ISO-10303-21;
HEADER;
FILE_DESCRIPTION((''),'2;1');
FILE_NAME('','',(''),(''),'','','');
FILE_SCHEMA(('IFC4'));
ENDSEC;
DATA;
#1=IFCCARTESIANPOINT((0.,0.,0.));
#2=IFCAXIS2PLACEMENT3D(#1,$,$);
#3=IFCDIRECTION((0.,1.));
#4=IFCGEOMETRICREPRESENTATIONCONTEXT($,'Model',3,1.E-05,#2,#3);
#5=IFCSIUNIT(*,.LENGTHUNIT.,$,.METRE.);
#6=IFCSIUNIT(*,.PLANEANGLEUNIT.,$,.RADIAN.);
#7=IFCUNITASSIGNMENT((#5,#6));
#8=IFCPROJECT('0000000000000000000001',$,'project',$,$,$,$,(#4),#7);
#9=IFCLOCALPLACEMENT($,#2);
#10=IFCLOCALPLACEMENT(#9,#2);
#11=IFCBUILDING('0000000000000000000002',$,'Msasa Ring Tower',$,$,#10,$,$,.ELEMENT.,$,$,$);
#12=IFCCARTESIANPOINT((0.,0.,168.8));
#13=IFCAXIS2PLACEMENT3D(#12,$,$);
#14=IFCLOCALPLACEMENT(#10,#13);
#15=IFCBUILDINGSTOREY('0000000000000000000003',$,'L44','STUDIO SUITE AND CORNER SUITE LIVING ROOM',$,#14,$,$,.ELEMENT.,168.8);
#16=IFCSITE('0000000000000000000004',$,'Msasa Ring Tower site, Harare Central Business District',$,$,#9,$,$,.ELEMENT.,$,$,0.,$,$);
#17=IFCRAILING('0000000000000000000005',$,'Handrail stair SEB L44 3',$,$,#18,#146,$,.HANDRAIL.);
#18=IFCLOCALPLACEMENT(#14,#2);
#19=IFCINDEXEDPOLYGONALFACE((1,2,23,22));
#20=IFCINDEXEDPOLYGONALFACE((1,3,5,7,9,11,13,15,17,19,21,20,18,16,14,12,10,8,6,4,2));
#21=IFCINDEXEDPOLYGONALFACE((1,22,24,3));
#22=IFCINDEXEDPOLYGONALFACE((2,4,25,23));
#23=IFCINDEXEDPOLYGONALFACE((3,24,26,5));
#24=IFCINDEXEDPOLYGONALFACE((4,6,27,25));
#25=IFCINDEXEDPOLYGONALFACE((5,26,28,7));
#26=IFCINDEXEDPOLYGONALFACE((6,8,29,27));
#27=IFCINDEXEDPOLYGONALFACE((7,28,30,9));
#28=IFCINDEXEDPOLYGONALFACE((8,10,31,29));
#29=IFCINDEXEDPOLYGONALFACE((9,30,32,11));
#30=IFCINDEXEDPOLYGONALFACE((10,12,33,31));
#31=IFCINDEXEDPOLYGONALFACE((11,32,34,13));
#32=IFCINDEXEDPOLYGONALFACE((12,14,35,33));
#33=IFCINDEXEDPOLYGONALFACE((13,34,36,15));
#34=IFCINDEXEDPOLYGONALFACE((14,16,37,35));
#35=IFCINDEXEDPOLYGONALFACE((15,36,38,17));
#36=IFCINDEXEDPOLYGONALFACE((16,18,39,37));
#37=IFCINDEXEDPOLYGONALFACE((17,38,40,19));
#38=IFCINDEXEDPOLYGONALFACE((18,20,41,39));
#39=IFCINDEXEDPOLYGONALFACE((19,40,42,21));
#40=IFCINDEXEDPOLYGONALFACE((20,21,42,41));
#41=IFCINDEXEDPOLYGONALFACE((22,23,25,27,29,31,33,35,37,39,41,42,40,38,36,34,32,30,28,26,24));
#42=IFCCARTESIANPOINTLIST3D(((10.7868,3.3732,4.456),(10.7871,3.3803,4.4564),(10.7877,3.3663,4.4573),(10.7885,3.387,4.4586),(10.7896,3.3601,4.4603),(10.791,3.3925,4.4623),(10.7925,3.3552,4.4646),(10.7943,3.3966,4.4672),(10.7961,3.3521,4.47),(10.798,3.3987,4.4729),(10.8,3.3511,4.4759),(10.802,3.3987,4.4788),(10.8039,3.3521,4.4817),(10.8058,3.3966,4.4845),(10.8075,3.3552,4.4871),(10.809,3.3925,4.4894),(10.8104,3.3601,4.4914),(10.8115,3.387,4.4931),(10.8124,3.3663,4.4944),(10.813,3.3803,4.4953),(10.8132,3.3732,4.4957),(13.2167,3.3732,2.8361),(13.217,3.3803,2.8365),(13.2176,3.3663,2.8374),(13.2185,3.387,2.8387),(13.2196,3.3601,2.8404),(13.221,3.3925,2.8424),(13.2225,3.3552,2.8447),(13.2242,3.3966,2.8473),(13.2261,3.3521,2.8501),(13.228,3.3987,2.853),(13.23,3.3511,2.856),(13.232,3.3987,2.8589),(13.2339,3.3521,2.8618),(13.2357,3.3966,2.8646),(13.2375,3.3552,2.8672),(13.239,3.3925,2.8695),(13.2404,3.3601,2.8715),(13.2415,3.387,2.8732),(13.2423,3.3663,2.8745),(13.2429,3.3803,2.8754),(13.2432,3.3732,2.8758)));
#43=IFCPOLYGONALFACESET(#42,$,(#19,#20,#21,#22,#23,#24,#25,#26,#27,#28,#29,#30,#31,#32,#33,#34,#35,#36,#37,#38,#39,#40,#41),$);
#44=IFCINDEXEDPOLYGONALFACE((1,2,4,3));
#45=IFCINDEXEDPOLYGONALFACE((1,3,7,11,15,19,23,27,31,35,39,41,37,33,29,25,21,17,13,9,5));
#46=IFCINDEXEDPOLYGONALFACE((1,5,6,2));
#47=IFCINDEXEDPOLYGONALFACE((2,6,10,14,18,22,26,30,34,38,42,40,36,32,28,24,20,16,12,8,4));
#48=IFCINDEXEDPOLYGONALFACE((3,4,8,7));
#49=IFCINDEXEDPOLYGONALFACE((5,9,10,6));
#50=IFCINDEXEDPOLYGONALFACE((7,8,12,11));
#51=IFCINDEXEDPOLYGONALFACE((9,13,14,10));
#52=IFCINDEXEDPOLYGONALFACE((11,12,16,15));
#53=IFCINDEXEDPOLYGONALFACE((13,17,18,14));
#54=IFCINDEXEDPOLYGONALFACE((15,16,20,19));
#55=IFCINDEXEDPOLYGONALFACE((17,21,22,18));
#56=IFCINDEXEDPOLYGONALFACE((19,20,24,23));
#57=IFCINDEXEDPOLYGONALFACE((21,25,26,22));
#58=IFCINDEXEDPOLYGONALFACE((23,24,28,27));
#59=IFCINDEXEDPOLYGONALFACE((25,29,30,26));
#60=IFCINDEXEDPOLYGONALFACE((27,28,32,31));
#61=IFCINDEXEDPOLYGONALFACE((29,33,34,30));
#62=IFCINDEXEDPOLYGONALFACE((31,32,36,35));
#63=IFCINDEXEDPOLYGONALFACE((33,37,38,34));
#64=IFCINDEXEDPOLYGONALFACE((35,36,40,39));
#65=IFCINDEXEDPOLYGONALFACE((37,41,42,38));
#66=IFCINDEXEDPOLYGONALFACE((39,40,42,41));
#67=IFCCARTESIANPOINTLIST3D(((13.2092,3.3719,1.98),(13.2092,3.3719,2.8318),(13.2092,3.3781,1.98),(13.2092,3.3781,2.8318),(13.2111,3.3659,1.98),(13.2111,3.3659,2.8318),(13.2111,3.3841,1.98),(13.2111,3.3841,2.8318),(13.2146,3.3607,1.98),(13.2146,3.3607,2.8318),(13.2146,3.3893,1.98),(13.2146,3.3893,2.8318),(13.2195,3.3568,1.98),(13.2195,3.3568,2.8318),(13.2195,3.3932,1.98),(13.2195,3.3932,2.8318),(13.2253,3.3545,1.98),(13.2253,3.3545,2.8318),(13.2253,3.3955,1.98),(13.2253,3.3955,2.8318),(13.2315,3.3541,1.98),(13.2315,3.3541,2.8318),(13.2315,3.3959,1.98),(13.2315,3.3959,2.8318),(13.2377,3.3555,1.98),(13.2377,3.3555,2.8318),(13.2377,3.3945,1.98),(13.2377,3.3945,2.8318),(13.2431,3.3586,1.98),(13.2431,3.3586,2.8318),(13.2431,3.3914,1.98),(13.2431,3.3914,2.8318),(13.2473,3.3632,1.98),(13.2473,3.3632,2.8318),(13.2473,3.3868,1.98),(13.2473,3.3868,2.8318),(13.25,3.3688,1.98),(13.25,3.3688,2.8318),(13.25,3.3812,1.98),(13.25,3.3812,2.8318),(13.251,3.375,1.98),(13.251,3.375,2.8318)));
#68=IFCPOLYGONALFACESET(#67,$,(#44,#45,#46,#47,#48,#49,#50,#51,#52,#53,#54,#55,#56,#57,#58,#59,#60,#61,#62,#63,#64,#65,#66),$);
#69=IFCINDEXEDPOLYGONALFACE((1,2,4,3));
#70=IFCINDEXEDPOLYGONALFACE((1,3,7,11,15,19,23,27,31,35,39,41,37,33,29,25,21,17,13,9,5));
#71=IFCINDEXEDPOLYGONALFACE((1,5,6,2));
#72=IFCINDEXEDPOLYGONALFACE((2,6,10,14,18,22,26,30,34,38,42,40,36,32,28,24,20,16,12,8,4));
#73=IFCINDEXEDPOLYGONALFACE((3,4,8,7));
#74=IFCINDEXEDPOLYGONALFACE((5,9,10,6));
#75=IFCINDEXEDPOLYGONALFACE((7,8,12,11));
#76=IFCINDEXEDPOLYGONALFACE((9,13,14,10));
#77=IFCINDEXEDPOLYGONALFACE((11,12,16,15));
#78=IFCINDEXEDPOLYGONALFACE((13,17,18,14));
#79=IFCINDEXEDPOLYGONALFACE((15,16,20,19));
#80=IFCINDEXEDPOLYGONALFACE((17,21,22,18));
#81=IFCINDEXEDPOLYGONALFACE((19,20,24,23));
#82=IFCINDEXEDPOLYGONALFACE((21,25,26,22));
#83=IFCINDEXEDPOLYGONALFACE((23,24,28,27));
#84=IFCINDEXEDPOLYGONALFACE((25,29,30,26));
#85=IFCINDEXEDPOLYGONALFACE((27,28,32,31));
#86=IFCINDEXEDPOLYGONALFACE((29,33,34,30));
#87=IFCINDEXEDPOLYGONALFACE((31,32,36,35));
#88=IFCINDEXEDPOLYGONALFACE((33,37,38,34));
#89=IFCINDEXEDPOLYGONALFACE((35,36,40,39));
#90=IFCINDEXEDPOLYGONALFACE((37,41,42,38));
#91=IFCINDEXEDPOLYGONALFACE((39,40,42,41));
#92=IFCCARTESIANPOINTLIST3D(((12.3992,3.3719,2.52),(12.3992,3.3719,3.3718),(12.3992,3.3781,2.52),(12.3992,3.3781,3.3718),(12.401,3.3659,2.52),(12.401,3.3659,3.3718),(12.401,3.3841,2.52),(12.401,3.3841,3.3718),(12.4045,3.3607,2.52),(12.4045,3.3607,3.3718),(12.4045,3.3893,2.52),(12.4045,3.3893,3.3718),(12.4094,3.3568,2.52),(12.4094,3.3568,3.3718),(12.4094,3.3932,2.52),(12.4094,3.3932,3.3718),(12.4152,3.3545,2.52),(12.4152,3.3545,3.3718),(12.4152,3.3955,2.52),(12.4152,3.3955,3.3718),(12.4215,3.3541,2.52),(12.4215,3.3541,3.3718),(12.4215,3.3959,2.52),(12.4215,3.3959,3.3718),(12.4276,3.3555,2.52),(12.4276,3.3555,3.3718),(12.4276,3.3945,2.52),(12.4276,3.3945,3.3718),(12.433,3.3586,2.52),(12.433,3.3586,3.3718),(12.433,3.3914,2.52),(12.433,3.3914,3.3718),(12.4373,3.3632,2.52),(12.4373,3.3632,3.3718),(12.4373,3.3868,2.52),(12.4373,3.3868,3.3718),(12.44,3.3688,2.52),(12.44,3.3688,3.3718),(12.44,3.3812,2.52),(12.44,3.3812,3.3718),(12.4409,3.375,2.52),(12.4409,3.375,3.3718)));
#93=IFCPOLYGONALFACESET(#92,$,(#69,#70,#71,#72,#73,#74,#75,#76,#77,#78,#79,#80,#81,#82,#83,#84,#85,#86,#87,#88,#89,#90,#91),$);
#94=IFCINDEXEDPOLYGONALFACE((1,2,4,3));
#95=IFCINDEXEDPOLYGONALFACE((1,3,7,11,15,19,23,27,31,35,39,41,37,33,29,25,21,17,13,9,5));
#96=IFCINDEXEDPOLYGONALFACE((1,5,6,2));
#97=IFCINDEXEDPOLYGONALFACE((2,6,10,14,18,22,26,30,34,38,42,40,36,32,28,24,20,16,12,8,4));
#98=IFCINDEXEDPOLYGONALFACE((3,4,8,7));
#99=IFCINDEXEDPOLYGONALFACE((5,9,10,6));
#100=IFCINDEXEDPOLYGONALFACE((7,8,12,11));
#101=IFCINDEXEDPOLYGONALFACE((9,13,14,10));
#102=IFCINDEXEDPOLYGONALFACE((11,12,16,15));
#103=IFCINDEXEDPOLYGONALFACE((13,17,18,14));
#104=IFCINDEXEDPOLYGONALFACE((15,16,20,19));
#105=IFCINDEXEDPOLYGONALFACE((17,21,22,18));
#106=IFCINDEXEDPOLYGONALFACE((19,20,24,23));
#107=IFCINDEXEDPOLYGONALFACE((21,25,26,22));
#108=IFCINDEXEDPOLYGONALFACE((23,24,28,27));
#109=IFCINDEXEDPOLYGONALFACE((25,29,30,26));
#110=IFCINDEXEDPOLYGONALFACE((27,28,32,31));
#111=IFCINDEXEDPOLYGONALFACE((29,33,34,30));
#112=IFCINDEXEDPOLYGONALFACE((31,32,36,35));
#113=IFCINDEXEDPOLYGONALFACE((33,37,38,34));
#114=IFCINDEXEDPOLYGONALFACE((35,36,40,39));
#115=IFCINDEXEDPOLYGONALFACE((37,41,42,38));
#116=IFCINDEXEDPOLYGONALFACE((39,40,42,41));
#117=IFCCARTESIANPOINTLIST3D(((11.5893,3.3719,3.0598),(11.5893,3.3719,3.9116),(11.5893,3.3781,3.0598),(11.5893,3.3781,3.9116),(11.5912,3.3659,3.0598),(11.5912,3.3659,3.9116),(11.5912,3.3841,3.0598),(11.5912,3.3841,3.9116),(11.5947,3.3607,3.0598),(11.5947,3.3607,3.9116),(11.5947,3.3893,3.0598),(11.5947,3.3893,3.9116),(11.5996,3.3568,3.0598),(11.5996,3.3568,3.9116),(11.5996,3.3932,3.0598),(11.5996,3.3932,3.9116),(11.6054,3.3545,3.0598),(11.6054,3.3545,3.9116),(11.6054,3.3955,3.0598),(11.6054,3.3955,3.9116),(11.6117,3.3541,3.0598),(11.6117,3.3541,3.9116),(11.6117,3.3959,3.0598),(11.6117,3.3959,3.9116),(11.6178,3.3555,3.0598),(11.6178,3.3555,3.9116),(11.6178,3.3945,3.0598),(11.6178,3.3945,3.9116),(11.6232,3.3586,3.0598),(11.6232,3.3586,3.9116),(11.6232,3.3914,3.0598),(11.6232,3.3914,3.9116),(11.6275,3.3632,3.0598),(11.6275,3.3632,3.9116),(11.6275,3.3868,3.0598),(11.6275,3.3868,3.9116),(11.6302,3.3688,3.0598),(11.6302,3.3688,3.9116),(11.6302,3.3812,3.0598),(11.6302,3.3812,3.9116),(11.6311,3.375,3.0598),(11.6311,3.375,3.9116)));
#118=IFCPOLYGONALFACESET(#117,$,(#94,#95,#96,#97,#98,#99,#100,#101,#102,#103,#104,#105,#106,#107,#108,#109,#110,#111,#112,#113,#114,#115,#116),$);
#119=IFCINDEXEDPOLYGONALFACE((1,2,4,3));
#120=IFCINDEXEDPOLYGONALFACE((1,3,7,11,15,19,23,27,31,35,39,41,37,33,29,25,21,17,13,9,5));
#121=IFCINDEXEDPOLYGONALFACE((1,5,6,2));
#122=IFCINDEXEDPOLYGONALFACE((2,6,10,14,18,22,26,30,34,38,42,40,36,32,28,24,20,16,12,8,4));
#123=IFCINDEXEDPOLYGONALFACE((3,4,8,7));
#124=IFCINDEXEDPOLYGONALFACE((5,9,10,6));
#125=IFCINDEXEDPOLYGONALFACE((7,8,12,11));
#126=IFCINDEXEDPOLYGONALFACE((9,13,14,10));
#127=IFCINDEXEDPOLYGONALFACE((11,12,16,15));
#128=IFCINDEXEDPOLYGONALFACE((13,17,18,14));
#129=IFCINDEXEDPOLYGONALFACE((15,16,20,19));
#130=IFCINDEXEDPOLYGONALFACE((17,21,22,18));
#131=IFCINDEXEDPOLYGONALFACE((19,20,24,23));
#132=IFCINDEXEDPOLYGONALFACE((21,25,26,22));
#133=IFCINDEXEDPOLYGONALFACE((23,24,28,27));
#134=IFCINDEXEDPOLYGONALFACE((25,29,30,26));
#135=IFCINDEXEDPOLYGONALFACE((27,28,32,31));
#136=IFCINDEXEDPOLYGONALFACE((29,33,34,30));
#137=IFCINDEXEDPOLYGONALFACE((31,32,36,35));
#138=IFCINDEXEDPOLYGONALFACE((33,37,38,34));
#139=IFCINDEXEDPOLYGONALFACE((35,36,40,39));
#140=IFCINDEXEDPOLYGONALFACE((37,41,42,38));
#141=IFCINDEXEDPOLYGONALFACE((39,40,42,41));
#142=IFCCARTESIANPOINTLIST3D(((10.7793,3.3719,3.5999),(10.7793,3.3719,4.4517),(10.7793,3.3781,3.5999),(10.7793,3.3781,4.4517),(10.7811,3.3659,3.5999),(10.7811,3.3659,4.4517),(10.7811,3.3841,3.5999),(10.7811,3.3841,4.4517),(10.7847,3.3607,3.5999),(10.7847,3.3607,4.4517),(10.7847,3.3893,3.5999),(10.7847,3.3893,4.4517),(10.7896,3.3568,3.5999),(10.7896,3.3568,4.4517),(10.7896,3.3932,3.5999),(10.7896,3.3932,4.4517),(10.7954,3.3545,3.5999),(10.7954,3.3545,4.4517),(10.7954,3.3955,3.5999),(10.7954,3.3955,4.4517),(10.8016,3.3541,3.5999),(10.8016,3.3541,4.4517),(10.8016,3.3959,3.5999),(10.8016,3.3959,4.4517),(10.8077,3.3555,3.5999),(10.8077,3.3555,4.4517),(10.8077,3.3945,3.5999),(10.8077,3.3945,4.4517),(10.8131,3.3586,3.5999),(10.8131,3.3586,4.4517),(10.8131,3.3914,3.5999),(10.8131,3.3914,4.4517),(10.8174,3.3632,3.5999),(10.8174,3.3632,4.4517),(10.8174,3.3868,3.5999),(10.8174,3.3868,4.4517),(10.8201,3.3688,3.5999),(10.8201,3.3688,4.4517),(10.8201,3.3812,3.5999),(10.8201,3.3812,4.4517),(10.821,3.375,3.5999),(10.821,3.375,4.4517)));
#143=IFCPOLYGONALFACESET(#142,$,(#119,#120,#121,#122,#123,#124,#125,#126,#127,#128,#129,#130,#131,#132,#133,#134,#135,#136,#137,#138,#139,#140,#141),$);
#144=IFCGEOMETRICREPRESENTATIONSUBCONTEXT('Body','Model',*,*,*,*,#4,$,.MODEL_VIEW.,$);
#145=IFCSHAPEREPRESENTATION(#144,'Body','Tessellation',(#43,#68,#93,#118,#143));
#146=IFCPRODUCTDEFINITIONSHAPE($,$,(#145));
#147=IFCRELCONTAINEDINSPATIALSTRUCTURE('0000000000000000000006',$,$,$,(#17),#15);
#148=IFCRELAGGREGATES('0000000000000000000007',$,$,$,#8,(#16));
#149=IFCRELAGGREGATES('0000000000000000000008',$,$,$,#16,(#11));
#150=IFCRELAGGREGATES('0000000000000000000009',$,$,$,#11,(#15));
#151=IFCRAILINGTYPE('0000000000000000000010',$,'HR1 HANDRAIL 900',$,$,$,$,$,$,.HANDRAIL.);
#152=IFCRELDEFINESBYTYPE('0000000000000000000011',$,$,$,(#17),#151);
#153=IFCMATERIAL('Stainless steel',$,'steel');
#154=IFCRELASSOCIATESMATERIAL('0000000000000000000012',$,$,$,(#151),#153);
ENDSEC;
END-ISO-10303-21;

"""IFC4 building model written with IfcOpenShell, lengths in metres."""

from ifc_helpers import new_model, si_unit, direction, frame, origin, origin_2d, place, context, subcontext, project, spatial, circle, extrude, material, type_object, element, save


model = new_model("IFC4")

# Units and contexts
model_context = context("Model", 3, precision=1e-05, world=origin(), true_north=direction((0.0, 1.0)))
body_context = subcontext(model_context, "Body", "Model", "MODEL_VIEW")
ifc_project = project(units=[si_unit("LENGTHUNIT", "METRE"), si_unit("PLANEANGLEUNIT", "RADIAN")], contexts=[model_context])

# Site, building, storey
site_placement = place(None, origin())
site = spatial("IfcSite", under=ifc_project, at=site_placement, Name="Msasa Ring Tower site, Harare Central Business District", CompositionType="ELEMENT", RefElevation=0.0)
building_placement = place(site_placement, origin())
building = spatial("IfcBuilding", under=site, at=building_placement, Name="Msasa Ring Tower", CompositionType="ELEMENT")
storey_placement = place(building_placement, frame((0.0, 0.0, 168.8)))
storey = spatial("IfcBuildingStorey", under=building, at=storey_placement, Name="L44", Description="STUDIO SUITE AND CORNER SUITE LIVING ROOM", CompositionType="ELEMENT", Elevation=168.8)

# Railing
ifc_material_1 = material(Name="Stainless steel", Category="steel")
railing_type = type_object("IfcRailingType", Name="HR1 HANDRAIL 900", PredefinedType="HANDRAIL", material=ifc_material_1)
for number, where, name in (
    (1, (13.23, 3.375, 1.98), "Handrail stair SEB L44 3"),
):
    element("IfcRailing", number, at=place(storey_placement, frame(where)), inside=storey, type_object=railing_type, Name=name, PredefinedType="HANDRAIL", context=body_context, shape_type="SweptSolid", body=[
        extrude(circle(Radius=0.0239, at=origin_2d()), frame((0.0, 0.0, 0.876), z_axis=(-0.832063, 0.0, 0.554681), x_axis=(0.0, -1.0, 0.0)), (0.0, 0.0, 1.0), 2.9204),
        extrude(circle(Radius=0.021, at=origin_2d()), origin(), (0.0, 0.0, 1.0), 0.8518),
        extrude(circle(Radius=0.021, at=origin_2d()), frame((-0.8101, 0.0, 0.54)), (0.0, 0.0, 1.0), 0.8518),
        extrude(circle(Radius=0.021, at=origin_2d()), frame((-1.6199, 0.0, 1.0798)), (0.0, 0.0, 1.0), 0.8518),
        extrude(circle(Radius=0.021, at=origin_2d()), frame((-2.4299, 0.0, 1.6199)), (0.0, 0.0, 1.0), 0.8518),
    ])

save(model, "model.ifc")
